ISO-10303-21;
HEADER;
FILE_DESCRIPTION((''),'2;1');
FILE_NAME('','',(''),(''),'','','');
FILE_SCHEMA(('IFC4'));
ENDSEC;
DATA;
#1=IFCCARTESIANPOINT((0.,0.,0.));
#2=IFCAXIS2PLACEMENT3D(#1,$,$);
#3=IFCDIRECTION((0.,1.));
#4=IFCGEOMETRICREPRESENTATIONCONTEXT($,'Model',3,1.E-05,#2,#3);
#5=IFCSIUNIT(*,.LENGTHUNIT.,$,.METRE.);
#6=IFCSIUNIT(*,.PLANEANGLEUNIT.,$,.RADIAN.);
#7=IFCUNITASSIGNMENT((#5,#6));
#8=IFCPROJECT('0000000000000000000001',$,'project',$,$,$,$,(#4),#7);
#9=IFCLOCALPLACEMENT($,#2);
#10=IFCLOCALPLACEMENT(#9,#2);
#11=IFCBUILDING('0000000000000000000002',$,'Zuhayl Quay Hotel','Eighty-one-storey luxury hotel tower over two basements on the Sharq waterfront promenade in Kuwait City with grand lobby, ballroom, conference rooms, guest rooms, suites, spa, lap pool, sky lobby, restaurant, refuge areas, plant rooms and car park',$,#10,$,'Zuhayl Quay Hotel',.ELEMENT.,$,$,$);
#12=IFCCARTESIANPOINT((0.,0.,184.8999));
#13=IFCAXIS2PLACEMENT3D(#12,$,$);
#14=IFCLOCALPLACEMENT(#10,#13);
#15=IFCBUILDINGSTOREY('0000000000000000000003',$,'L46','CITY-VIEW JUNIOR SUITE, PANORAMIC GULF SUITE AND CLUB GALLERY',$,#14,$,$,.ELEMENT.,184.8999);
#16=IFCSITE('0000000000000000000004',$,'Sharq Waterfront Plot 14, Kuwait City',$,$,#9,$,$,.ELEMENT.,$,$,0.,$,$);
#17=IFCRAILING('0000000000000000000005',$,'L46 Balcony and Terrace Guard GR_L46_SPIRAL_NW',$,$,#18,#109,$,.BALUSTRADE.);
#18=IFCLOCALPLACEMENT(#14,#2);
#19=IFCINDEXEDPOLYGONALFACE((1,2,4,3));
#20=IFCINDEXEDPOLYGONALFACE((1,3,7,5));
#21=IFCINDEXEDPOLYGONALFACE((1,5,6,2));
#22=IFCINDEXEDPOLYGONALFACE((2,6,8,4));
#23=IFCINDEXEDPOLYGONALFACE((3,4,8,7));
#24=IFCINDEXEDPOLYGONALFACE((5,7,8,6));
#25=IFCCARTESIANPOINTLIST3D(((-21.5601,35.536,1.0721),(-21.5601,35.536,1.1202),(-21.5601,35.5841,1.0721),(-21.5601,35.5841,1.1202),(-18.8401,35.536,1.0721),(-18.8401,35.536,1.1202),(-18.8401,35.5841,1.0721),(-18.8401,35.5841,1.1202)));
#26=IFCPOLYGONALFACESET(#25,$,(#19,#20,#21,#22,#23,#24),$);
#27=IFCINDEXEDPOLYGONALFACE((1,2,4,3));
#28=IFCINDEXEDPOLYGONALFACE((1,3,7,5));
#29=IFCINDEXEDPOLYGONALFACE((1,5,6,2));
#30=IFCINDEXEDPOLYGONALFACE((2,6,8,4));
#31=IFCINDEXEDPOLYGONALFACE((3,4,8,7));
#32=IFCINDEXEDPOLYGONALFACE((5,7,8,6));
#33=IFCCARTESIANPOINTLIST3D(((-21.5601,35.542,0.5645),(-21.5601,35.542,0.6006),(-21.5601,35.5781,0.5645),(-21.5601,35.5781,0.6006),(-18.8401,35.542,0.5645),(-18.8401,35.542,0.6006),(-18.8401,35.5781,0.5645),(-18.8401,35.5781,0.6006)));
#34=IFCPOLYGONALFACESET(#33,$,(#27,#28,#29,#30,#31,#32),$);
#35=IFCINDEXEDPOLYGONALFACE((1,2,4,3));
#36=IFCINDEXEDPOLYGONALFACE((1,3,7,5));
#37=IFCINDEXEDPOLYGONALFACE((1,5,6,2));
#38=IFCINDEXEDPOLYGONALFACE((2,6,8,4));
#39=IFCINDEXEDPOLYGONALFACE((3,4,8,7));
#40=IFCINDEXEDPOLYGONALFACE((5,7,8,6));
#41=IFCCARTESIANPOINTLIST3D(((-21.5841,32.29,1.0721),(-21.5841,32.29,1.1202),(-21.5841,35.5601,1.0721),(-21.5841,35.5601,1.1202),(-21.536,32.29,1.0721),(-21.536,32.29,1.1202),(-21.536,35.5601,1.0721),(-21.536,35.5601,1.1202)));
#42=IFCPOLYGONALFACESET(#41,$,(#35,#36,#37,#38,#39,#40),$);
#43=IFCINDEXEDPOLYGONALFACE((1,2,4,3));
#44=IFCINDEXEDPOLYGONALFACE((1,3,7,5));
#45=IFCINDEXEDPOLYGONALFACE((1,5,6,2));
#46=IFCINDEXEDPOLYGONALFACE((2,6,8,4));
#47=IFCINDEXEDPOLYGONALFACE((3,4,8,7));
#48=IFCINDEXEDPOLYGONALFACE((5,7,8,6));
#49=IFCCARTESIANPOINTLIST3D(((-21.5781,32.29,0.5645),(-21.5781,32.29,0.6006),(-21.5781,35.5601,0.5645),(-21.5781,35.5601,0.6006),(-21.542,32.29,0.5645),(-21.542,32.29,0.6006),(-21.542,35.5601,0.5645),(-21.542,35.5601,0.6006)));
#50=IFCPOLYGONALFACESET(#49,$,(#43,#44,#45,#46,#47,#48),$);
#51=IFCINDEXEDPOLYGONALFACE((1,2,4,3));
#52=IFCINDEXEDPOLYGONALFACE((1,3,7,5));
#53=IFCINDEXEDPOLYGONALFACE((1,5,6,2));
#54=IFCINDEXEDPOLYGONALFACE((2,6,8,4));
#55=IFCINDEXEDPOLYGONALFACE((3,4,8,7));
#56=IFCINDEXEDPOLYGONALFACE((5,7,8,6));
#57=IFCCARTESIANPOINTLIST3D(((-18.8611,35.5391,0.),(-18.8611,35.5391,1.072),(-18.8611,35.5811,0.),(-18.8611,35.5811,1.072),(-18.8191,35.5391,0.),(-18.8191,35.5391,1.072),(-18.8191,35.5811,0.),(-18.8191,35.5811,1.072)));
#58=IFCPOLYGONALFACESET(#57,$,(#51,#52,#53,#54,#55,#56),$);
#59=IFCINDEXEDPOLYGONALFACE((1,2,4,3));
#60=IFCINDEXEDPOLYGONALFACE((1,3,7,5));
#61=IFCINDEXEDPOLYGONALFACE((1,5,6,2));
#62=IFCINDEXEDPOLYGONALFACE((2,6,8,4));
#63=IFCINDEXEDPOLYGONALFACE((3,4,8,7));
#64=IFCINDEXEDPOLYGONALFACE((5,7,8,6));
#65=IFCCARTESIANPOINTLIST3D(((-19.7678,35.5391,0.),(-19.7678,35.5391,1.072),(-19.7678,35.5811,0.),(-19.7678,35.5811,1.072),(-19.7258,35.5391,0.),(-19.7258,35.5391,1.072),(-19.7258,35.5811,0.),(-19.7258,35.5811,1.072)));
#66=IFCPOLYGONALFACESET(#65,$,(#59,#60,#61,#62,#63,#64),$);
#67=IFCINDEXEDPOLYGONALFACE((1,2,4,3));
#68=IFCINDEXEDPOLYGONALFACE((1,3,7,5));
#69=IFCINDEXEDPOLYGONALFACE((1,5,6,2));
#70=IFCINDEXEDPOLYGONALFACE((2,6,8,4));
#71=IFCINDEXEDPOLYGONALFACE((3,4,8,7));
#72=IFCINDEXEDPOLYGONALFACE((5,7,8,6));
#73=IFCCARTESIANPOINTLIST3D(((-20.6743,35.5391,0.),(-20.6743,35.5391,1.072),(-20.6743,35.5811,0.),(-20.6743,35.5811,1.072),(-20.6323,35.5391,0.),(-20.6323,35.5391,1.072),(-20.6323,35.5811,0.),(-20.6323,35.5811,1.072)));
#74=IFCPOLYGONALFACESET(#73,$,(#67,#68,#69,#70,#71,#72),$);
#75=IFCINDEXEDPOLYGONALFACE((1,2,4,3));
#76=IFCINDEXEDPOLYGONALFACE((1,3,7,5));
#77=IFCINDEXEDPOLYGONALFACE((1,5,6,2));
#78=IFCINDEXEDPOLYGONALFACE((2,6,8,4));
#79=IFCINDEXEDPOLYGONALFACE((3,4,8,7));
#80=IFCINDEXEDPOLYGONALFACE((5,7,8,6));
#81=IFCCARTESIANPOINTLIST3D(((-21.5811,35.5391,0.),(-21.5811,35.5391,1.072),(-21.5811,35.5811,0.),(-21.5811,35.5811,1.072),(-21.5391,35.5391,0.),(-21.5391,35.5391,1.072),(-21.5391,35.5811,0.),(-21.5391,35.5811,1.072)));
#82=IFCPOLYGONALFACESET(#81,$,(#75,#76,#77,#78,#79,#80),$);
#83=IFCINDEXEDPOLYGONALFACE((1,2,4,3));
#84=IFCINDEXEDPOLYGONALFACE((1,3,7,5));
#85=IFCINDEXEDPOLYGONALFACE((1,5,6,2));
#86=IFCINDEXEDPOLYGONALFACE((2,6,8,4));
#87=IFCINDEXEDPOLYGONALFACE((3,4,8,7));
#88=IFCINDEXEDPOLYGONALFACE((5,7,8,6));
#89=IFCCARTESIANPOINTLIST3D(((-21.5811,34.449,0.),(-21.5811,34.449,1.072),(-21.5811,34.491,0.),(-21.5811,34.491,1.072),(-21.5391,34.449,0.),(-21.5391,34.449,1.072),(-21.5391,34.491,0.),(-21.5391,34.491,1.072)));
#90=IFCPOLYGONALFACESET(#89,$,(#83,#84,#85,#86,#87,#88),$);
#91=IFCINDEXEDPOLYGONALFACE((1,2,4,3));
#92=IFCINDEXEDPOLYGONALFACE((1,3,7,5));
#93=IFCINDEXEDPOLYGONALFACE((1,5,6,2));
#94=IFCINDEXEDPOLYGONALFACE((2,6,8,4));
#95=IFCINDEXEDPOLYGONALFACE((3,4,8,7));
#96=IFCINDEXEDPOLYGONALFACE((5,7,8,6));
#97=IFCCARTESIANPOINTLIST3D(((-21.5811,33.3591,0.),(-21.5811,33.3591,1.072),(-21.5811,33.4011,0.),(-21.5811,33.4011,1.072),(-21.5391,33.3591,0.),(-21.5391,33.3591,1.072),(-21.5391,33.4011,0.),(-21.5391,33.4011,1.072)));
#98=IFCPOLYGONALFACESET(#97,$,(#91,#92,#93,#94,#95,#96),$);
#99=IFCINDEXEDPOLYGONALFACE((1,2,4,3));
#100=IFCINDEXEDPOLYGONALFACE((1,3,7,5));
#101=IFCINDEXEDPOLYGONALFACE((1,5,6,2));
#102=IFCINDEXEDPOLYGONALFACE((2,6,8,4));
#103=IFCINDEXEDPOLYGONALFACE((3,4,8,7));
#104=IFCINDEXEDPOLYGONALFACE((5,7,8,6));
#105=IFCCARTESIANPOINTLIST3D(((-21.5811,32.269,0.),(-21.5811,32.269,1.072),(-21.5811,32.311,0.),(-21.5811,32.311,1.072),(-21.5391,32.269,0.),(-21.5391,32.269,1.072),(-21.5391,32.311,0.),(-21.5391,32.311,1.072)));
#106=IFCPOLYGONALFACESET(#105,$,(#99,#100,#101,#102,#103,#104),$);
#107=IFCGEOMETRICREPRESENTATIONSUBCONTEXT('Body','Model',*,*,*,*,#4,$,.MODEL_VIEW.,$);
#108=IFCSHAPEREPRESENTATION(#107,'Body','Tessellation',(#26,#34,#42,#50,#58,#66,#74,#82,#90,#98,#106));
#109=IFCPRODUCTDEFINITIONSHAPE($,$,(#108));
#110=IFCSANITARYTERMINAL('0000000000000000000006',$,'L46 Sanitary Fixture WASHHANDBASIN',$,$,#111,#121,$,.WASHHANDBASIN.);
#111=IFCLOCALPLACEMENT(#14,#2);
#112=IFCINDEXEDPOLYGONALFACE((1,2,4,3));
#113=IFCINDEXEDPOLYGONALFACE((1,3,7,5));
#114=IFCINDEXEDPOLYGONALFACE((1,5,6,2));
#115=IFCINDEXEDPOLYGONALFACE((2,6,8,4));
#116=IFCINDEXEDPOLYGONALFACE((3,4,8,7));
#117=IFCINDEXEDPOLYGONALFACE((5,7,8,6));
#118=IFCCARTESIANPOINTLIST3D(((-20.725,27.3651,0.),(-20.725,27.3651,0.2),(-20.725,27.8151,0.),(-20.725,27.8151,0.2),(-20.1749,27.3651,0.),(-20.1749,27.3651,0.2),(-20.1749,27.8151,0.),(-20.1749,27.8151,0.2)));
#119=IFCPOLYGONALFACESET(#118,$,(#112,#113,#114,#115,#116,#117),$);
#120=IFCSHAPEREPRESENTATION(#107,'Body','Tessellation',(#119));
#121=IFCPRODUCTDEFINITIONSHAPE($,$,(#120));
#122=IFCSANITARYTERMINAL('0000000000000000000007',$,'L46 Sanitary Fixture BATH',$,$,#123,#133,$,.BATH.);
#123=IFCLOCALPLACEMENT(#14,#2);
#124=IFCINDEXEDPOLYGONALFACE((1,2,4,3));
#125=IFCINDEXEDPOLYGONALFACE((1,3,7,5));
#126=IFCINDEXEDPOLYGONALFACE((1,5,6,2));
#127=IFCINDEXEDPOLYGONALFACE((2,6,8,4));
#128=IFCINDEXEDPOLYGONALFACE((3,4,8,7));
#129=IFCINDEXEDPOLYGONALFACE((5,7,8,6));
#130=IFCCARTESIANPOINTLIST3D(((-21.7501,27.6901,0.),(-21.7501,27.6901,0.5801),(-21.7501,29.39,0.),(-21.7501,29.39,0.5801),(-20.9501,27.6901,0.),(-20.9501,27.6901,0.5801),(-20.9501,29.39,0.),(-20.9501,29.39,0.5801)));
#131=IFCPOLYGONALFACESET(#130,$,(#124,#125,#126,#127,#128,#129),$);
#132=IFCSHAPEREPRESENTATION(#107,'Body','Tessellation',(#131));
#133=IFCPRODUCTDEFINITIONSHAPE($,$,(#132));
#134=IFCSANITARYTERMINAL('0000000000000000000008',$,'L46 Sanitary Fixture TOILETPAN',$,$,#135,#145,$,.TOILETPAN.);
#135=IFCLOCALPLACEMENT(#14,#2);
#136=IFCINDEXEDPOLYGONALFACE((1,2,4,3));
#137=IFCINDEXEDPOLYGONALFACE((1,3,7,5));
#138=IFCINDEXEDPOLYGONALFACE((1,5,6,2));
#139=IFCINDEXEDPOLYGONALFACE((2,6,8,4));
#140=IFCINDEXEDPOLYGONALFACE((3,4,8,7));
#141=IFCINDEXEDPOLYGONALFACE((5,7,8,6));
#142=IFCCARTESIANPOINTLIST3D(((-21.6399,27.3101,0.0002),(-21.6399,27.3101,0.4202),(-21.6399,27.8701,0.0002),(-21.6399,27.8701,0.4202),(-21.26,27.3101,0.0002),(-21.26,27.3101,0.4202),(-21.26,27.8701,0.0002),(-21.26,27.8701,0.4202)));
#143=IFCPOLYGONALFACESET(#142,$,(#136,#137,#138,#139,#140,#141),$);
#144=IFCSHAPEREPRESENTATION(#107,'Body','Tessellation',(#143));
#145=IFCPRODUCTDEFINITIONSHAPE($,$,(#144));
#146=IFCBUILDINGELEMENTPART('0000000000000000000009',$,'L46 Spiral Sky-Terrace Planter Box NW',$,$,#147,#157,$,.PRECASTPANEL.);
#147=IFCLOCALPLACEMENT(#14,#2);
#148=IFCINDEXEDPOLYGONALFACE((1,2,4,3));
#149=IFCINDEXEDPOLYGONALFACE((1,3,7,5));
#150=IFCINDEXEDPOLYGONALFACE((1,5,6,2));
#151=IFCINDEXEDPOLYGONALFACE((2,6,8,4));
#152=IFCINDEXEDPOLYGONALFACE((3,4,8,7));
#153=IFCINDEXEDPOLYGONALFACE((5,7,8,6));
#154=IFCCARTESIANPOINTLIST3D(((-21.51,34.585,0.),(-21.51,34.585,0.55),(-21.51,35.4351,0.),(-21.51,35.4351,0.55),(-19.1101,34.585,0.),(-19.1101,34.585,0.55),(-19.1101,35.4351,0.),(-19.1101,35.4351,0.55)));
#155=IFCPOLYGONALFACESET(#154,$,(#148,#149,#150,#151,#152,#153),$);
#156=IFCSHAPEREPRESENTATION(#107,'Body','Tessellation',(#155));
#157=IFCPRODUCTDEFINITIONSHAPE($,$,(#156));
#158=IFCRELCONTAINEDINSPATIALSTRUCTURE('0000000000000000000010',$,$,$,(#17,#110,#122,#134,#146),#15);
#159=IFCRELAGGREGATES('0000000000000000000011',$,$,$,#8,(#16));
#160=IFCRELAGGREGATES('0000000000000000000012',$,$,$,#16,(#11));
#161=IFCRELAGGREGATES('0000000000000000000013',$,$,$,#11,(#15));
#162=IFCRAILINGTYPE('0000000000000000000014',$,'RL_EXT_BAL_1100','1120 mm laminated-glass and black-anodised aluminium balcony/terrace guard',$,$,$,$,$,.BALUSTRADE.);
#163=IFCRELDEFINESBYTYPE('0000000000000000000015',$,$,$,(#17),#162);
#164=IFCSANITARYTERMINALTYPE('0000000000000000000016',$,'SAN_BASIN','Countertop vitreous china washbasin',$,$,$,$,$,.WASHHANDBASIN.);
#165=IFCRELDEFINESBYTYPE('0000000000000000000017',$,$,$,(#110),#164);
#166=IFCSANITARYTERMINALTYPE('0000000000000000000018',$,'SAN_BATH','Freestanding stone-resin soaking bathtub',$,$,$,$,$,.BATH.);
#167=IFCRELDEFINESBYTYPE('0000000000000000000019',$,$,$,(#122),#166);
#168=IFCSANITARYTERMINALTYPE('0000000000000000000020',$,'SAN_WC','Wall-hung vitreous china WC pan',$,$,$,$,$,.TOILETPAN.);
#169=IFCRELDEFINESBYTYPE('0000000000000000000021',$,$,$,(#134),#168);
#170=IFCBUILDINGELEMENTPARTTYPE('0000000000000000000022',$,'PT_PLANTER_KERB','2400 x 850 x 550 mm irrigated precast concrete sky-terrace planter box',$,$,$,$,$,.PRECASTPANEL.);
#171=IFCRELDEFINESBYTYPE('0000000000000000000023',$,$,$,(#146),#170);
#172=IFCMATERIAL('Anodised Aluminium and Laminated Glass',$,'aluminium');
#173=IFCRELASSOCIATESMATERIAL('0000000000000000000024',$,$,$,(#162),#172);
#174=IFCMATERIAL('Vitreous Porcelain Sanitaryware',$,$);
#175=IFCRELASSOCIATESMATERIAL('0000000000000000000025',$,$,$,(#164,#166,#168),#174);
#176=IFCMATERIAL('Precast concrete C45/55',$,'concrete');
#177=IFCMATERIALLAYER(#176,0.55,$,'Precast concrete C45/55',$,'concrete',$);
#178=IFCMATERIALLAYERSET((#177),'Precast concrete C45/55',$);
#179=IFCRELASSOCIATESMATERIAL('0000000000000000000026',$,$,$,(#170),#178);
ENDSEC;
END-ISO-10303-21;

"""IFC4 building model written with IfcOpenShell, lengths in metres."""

from ifc_helpers import new_model, si_unit, direction, frame, origin, origin_2d, place, context, subcontext, project, spatial, rectangle, extrude, material, layer, layer_set, type_object, element, save


model = new_model("IFC4")

# Units and contexts
model_context = context("Model", 3, precision=1e-05, world=origin(), true_north=direction((0.0, 1.0)))
body_context = subcontext(model_context, "Body", "Model", "MODEL_VIEW")
ifc_project = project(units=[si_unit("LENGTHUNIT", "METRE"), si_unit("PLANEANGLEUNIT", "RADIAN")], contexts=[model_context])

# Site, building, storey
site_placement = place(None, origin())
site = spatial("IfcSite", under=ifc_project, at=site_placement, Name="Sharq Waterfront Plot 14, Kuwait City", CompositionType="ELEMENT", RefElevation=0.0)
building_placement = place(site_placement, origin())
building = spatial("IfcBuilding", under=site, at=building_placement, Name="Zuhayl Quay Hotel", Description="Eighty-one-storey luxury hotel tower over two basements on the Sharq waterfront promenade in Kuwait City with grand lobby, ballroom, conference rooms, guest rooms, suites, spa, lap pool, sky lobby, restaurant, refuge areas, plant rooms and car park", LongName="Zuhayl Quay Hotel", CompositionType="ELEMENT")
storey_placement = place(building_placement, frame((0.0, 0.0, 184.8999)))
storey = spatial("IfcBuildingStorey", under=building, at=storey_placement, Name="L46", Description="CITY-VIEW JUNIOR SUITE, PANORAMIC GULF SUITE AND CLUB GALLERY", CompositionType="ELEMENT", Elevation=184.8999)

# Shared definitions
ifc_material_1 = material(Name="Precast concrete C45/55", Category="concrete")

# Railing
ifc_material_2 = material(Name="Anodised Aluminium and Laminated Glass", Category="aluminium")
railing_type = type_object("IfcRailingType", Name="RL_EXT_BAL_1100", Description="1120 mm laminated-glass and black-anodised aluminium balcony/terrace guard", PredefinedType="BALUSTRADE", material=ifc_material_2)
railing_1_placement = place(storey_placement, frame((-18.8401, 35.5601, 0.0)))
element("IfcRailing", 1, at=railing_1_placement, inside=storey, type_object=railing_type, Name="L46 Balcony and Terrace Guard GR_L46_SPIRAL_NW", PredefinedType="BALUSTRADE", context=body_context, shape_type="SweptSolid", body=[
    extrude(rectangle(XDim=0.0481, YDim=0.0481, at=origin_2d()), frame((0.0, 0.0, 1.0962), z_axis=(-1.0, 0.0, 0.0), x_axis=(0.0, -1.0, 0.0)), (0.0, 0.0, 1.0), 2.72),
    extrude(rectangle(XDim=0.0361, YDim=0.0361, at=origin_2d()), frame((0.0, 0.0, 0.5825), z_axis=(-1.0, 0.0, 0.0), x_axis=(0.0, -1.0, 0.0)), (0.0, 0.0, 1.0), 2.72),
    extrude(rectangle(XDim=0.0481, YDim=0.0481, at=origin_2d()), frame((-2.72, 0.0, 1.0962), z_axis=(0.0, -1.0, 0.0), x_axis=(1.0, 0.0, 0.0)), (0.0, 0.0, 1.0), 3.27),
    extrude(rectangle(XDim=0.0361, YDim=0.0361, at=origin_2d()), frame((-2.72, 0.0, 0.5825), z_axis=(0.0, -1.0, 0.0), x_axis=(1.0, 0.0, 0.0)), (0.0, 0.0, 1.0), 3.27),
    extrude(rectangle(XDim=0.042, YDim=0.042, at=origin_2d()), origin(), (0.0, 0.0, 1.0), 1.072),
    extrude(rectangle(XDim=0.042, YDim=0.042, at=origin_2d()), frame((-0.9067, 0.0, 0.0)), (0.0, 0.0, 1.0), 1.072),
    extrude(rectangle(XDim=0.042, YDim=0.042, at=origin_2d()), frame((-1.8132, 0.0, 0.0)), (0.0, 0.0, 1.0), 1.072),
    extrude(rectangle(XDim=0.042, YDim=0.042, at=origin_2d()), frame((-2.72, 0.0, 0.0)), (0.0, 0.0, 1.0), 1.072),
    extrude(rectangle(XDim=0.042, YDim=0.042, at=origin_2d()), frame((-2.72, -1.0901, 0.0)), (0.0, 0.0, 1.0), 1.072),
    extrude(rectangle(XDim=0.042, YDim=0.042, at=origin_2d()), frame((-2.72, -2.1799, 0.0)), (0.0, 0.0, 1.0), 1.072),
    extrude(rectangle(XDim=0.042, YDim=0.042, at=origin_2d()), frame((-2.72, -3.27, 0.0)), (0.0, 0.0, 1.0), 1.072),
])

# Sanitary terminals
ifc_material_3 = material(Name="Vitreous Porcelain Sanitaryware")
sanitary_terminal_type_1 = type_object("IfcSanitaryTerminalType", Name="SAN_BASIN", Description="Countertop vitreous china washbasin", PredefinedType="WASHHANDBASIN", material=ifc_material_3)
sanitary_terminal_1_placement = place(storey_placement, frame((-20.45, 27.5901, 0.0), z_axis=(0.0, 0.0, 1.0), x_axis=(1.0, 0.0, 0.0)))
element("IfcSanitaryTerminal", 2, at=sanitary_terminal_1_placement, inside=storey, type_object=sanitary_terminal_type_1, Name="L46 Sanitary Fixture WASHHANDBASIN", PredefinedType="WASHHANDBASIN", context=body_context, shape_type="SweptSolid", body=[
    extrude(rectangle(XDim=0.55, YDim=0.45, at=origin_2d()), origin(), (0.0, 0.0, 1.0), 0.2),
])
sanitary_terminal_type_2 = type_object("IfcSanitaryTerminalType", Name="SAN_BATH", Description="Freestanding stone-resin soaking bathtub", PredefinedType="BATH", material=ifc_material_3)
sanitary_terminal_2_placement = place(storey_placement, frame((-21.3501, 28.54, 0.0), z_axis=(0.0, 0.0, 1.0), x_axis=(1.0, 0.0, 0.0)))
element("IfcSanitaryTerminal", 3, at=sanitary_terminal_2_placement, inside=storey, type_object=sanitary_terminal_type_2, Name="L46 Sanitary Fixture BATH", PredefinedType="BATH", context=body_context, shape_type="SweptSolid", body=[
    extrude(rectangle(XDim=0.8, YDim=1.7, at=origin_2d()), origin(), (0.0, 0.0, 1.0), 0.5801),
])
sanitary_terminal_type_3 = type_object("IfcSanitaryTerminalType", Name="SAN_WC", Description="Wall-hung vitreous china WC pan", PredefinedType="TOILETPAN", material=ifc_material_3)
sanitary_terminal_3_placement = place(storey_placement, frame((-21.45, 27.5901, 0.0002), z_axis=(0.0, 0.0, 1.0), x_axis=(1.0, 0.0, 0.0)))
element("IfcSanitaryTerminal", 4, at=sanitary_terminal_3_placement, inside=storey, type_object=sanitary_terminal_type_3, Name="L46 Sanitary Fixture TOILETPAN", PredefinedType="TOILETPAN", context=body_context, shape_type="SweptSolid", body=[
    extrude(rectangle(XDim=0.3799, YDim=0.5601, at=origin_2d()), origin(), (0.0, 0.0, 1.0), 0.4199),
])

# Building element part
ifc_layer_1 = layer(ifc_material_1, 0.55, Name="Precast concrete C45/55", Category="concrete")
ifc_layer_set_1 = layer_set([ifc_layer_1], Name="Precast concrete C45/55")
building_element_part_type = type_object("IfcBuildingElementPartType", Name="PT_PLANTER_KERB", Description="2400 x 850 x 550 mm irrigated precast concrete sky-terrace planter box", PredefinedType="PRECASTPANEL", material=ifc_layer_set_1)
building_element_part_placement = place(storey_placement, frame((-20.3101, 35.01, 0.0), z_axis=(0.0, 0.0, 1.0), x_axis=(1.0, 0.0, 0.0)))
element("IfcBuildingElementPart", 5, at=building_element_part_placement, inside=storey, type_object=building_element_part_type, Name="L46 Spiral Sky-Terrace Planter Box NW", PredefinedType="PRECASTPANEL", context=body_context, shape_type="SweptSolid", body=[
    extrude(rectangle(XDim=2.3999, YDim=0.8501, at=origin_2d()), origin(), (0.0, 0.0, 1.0), 0.55),
])

save(model, "model.ifc")
